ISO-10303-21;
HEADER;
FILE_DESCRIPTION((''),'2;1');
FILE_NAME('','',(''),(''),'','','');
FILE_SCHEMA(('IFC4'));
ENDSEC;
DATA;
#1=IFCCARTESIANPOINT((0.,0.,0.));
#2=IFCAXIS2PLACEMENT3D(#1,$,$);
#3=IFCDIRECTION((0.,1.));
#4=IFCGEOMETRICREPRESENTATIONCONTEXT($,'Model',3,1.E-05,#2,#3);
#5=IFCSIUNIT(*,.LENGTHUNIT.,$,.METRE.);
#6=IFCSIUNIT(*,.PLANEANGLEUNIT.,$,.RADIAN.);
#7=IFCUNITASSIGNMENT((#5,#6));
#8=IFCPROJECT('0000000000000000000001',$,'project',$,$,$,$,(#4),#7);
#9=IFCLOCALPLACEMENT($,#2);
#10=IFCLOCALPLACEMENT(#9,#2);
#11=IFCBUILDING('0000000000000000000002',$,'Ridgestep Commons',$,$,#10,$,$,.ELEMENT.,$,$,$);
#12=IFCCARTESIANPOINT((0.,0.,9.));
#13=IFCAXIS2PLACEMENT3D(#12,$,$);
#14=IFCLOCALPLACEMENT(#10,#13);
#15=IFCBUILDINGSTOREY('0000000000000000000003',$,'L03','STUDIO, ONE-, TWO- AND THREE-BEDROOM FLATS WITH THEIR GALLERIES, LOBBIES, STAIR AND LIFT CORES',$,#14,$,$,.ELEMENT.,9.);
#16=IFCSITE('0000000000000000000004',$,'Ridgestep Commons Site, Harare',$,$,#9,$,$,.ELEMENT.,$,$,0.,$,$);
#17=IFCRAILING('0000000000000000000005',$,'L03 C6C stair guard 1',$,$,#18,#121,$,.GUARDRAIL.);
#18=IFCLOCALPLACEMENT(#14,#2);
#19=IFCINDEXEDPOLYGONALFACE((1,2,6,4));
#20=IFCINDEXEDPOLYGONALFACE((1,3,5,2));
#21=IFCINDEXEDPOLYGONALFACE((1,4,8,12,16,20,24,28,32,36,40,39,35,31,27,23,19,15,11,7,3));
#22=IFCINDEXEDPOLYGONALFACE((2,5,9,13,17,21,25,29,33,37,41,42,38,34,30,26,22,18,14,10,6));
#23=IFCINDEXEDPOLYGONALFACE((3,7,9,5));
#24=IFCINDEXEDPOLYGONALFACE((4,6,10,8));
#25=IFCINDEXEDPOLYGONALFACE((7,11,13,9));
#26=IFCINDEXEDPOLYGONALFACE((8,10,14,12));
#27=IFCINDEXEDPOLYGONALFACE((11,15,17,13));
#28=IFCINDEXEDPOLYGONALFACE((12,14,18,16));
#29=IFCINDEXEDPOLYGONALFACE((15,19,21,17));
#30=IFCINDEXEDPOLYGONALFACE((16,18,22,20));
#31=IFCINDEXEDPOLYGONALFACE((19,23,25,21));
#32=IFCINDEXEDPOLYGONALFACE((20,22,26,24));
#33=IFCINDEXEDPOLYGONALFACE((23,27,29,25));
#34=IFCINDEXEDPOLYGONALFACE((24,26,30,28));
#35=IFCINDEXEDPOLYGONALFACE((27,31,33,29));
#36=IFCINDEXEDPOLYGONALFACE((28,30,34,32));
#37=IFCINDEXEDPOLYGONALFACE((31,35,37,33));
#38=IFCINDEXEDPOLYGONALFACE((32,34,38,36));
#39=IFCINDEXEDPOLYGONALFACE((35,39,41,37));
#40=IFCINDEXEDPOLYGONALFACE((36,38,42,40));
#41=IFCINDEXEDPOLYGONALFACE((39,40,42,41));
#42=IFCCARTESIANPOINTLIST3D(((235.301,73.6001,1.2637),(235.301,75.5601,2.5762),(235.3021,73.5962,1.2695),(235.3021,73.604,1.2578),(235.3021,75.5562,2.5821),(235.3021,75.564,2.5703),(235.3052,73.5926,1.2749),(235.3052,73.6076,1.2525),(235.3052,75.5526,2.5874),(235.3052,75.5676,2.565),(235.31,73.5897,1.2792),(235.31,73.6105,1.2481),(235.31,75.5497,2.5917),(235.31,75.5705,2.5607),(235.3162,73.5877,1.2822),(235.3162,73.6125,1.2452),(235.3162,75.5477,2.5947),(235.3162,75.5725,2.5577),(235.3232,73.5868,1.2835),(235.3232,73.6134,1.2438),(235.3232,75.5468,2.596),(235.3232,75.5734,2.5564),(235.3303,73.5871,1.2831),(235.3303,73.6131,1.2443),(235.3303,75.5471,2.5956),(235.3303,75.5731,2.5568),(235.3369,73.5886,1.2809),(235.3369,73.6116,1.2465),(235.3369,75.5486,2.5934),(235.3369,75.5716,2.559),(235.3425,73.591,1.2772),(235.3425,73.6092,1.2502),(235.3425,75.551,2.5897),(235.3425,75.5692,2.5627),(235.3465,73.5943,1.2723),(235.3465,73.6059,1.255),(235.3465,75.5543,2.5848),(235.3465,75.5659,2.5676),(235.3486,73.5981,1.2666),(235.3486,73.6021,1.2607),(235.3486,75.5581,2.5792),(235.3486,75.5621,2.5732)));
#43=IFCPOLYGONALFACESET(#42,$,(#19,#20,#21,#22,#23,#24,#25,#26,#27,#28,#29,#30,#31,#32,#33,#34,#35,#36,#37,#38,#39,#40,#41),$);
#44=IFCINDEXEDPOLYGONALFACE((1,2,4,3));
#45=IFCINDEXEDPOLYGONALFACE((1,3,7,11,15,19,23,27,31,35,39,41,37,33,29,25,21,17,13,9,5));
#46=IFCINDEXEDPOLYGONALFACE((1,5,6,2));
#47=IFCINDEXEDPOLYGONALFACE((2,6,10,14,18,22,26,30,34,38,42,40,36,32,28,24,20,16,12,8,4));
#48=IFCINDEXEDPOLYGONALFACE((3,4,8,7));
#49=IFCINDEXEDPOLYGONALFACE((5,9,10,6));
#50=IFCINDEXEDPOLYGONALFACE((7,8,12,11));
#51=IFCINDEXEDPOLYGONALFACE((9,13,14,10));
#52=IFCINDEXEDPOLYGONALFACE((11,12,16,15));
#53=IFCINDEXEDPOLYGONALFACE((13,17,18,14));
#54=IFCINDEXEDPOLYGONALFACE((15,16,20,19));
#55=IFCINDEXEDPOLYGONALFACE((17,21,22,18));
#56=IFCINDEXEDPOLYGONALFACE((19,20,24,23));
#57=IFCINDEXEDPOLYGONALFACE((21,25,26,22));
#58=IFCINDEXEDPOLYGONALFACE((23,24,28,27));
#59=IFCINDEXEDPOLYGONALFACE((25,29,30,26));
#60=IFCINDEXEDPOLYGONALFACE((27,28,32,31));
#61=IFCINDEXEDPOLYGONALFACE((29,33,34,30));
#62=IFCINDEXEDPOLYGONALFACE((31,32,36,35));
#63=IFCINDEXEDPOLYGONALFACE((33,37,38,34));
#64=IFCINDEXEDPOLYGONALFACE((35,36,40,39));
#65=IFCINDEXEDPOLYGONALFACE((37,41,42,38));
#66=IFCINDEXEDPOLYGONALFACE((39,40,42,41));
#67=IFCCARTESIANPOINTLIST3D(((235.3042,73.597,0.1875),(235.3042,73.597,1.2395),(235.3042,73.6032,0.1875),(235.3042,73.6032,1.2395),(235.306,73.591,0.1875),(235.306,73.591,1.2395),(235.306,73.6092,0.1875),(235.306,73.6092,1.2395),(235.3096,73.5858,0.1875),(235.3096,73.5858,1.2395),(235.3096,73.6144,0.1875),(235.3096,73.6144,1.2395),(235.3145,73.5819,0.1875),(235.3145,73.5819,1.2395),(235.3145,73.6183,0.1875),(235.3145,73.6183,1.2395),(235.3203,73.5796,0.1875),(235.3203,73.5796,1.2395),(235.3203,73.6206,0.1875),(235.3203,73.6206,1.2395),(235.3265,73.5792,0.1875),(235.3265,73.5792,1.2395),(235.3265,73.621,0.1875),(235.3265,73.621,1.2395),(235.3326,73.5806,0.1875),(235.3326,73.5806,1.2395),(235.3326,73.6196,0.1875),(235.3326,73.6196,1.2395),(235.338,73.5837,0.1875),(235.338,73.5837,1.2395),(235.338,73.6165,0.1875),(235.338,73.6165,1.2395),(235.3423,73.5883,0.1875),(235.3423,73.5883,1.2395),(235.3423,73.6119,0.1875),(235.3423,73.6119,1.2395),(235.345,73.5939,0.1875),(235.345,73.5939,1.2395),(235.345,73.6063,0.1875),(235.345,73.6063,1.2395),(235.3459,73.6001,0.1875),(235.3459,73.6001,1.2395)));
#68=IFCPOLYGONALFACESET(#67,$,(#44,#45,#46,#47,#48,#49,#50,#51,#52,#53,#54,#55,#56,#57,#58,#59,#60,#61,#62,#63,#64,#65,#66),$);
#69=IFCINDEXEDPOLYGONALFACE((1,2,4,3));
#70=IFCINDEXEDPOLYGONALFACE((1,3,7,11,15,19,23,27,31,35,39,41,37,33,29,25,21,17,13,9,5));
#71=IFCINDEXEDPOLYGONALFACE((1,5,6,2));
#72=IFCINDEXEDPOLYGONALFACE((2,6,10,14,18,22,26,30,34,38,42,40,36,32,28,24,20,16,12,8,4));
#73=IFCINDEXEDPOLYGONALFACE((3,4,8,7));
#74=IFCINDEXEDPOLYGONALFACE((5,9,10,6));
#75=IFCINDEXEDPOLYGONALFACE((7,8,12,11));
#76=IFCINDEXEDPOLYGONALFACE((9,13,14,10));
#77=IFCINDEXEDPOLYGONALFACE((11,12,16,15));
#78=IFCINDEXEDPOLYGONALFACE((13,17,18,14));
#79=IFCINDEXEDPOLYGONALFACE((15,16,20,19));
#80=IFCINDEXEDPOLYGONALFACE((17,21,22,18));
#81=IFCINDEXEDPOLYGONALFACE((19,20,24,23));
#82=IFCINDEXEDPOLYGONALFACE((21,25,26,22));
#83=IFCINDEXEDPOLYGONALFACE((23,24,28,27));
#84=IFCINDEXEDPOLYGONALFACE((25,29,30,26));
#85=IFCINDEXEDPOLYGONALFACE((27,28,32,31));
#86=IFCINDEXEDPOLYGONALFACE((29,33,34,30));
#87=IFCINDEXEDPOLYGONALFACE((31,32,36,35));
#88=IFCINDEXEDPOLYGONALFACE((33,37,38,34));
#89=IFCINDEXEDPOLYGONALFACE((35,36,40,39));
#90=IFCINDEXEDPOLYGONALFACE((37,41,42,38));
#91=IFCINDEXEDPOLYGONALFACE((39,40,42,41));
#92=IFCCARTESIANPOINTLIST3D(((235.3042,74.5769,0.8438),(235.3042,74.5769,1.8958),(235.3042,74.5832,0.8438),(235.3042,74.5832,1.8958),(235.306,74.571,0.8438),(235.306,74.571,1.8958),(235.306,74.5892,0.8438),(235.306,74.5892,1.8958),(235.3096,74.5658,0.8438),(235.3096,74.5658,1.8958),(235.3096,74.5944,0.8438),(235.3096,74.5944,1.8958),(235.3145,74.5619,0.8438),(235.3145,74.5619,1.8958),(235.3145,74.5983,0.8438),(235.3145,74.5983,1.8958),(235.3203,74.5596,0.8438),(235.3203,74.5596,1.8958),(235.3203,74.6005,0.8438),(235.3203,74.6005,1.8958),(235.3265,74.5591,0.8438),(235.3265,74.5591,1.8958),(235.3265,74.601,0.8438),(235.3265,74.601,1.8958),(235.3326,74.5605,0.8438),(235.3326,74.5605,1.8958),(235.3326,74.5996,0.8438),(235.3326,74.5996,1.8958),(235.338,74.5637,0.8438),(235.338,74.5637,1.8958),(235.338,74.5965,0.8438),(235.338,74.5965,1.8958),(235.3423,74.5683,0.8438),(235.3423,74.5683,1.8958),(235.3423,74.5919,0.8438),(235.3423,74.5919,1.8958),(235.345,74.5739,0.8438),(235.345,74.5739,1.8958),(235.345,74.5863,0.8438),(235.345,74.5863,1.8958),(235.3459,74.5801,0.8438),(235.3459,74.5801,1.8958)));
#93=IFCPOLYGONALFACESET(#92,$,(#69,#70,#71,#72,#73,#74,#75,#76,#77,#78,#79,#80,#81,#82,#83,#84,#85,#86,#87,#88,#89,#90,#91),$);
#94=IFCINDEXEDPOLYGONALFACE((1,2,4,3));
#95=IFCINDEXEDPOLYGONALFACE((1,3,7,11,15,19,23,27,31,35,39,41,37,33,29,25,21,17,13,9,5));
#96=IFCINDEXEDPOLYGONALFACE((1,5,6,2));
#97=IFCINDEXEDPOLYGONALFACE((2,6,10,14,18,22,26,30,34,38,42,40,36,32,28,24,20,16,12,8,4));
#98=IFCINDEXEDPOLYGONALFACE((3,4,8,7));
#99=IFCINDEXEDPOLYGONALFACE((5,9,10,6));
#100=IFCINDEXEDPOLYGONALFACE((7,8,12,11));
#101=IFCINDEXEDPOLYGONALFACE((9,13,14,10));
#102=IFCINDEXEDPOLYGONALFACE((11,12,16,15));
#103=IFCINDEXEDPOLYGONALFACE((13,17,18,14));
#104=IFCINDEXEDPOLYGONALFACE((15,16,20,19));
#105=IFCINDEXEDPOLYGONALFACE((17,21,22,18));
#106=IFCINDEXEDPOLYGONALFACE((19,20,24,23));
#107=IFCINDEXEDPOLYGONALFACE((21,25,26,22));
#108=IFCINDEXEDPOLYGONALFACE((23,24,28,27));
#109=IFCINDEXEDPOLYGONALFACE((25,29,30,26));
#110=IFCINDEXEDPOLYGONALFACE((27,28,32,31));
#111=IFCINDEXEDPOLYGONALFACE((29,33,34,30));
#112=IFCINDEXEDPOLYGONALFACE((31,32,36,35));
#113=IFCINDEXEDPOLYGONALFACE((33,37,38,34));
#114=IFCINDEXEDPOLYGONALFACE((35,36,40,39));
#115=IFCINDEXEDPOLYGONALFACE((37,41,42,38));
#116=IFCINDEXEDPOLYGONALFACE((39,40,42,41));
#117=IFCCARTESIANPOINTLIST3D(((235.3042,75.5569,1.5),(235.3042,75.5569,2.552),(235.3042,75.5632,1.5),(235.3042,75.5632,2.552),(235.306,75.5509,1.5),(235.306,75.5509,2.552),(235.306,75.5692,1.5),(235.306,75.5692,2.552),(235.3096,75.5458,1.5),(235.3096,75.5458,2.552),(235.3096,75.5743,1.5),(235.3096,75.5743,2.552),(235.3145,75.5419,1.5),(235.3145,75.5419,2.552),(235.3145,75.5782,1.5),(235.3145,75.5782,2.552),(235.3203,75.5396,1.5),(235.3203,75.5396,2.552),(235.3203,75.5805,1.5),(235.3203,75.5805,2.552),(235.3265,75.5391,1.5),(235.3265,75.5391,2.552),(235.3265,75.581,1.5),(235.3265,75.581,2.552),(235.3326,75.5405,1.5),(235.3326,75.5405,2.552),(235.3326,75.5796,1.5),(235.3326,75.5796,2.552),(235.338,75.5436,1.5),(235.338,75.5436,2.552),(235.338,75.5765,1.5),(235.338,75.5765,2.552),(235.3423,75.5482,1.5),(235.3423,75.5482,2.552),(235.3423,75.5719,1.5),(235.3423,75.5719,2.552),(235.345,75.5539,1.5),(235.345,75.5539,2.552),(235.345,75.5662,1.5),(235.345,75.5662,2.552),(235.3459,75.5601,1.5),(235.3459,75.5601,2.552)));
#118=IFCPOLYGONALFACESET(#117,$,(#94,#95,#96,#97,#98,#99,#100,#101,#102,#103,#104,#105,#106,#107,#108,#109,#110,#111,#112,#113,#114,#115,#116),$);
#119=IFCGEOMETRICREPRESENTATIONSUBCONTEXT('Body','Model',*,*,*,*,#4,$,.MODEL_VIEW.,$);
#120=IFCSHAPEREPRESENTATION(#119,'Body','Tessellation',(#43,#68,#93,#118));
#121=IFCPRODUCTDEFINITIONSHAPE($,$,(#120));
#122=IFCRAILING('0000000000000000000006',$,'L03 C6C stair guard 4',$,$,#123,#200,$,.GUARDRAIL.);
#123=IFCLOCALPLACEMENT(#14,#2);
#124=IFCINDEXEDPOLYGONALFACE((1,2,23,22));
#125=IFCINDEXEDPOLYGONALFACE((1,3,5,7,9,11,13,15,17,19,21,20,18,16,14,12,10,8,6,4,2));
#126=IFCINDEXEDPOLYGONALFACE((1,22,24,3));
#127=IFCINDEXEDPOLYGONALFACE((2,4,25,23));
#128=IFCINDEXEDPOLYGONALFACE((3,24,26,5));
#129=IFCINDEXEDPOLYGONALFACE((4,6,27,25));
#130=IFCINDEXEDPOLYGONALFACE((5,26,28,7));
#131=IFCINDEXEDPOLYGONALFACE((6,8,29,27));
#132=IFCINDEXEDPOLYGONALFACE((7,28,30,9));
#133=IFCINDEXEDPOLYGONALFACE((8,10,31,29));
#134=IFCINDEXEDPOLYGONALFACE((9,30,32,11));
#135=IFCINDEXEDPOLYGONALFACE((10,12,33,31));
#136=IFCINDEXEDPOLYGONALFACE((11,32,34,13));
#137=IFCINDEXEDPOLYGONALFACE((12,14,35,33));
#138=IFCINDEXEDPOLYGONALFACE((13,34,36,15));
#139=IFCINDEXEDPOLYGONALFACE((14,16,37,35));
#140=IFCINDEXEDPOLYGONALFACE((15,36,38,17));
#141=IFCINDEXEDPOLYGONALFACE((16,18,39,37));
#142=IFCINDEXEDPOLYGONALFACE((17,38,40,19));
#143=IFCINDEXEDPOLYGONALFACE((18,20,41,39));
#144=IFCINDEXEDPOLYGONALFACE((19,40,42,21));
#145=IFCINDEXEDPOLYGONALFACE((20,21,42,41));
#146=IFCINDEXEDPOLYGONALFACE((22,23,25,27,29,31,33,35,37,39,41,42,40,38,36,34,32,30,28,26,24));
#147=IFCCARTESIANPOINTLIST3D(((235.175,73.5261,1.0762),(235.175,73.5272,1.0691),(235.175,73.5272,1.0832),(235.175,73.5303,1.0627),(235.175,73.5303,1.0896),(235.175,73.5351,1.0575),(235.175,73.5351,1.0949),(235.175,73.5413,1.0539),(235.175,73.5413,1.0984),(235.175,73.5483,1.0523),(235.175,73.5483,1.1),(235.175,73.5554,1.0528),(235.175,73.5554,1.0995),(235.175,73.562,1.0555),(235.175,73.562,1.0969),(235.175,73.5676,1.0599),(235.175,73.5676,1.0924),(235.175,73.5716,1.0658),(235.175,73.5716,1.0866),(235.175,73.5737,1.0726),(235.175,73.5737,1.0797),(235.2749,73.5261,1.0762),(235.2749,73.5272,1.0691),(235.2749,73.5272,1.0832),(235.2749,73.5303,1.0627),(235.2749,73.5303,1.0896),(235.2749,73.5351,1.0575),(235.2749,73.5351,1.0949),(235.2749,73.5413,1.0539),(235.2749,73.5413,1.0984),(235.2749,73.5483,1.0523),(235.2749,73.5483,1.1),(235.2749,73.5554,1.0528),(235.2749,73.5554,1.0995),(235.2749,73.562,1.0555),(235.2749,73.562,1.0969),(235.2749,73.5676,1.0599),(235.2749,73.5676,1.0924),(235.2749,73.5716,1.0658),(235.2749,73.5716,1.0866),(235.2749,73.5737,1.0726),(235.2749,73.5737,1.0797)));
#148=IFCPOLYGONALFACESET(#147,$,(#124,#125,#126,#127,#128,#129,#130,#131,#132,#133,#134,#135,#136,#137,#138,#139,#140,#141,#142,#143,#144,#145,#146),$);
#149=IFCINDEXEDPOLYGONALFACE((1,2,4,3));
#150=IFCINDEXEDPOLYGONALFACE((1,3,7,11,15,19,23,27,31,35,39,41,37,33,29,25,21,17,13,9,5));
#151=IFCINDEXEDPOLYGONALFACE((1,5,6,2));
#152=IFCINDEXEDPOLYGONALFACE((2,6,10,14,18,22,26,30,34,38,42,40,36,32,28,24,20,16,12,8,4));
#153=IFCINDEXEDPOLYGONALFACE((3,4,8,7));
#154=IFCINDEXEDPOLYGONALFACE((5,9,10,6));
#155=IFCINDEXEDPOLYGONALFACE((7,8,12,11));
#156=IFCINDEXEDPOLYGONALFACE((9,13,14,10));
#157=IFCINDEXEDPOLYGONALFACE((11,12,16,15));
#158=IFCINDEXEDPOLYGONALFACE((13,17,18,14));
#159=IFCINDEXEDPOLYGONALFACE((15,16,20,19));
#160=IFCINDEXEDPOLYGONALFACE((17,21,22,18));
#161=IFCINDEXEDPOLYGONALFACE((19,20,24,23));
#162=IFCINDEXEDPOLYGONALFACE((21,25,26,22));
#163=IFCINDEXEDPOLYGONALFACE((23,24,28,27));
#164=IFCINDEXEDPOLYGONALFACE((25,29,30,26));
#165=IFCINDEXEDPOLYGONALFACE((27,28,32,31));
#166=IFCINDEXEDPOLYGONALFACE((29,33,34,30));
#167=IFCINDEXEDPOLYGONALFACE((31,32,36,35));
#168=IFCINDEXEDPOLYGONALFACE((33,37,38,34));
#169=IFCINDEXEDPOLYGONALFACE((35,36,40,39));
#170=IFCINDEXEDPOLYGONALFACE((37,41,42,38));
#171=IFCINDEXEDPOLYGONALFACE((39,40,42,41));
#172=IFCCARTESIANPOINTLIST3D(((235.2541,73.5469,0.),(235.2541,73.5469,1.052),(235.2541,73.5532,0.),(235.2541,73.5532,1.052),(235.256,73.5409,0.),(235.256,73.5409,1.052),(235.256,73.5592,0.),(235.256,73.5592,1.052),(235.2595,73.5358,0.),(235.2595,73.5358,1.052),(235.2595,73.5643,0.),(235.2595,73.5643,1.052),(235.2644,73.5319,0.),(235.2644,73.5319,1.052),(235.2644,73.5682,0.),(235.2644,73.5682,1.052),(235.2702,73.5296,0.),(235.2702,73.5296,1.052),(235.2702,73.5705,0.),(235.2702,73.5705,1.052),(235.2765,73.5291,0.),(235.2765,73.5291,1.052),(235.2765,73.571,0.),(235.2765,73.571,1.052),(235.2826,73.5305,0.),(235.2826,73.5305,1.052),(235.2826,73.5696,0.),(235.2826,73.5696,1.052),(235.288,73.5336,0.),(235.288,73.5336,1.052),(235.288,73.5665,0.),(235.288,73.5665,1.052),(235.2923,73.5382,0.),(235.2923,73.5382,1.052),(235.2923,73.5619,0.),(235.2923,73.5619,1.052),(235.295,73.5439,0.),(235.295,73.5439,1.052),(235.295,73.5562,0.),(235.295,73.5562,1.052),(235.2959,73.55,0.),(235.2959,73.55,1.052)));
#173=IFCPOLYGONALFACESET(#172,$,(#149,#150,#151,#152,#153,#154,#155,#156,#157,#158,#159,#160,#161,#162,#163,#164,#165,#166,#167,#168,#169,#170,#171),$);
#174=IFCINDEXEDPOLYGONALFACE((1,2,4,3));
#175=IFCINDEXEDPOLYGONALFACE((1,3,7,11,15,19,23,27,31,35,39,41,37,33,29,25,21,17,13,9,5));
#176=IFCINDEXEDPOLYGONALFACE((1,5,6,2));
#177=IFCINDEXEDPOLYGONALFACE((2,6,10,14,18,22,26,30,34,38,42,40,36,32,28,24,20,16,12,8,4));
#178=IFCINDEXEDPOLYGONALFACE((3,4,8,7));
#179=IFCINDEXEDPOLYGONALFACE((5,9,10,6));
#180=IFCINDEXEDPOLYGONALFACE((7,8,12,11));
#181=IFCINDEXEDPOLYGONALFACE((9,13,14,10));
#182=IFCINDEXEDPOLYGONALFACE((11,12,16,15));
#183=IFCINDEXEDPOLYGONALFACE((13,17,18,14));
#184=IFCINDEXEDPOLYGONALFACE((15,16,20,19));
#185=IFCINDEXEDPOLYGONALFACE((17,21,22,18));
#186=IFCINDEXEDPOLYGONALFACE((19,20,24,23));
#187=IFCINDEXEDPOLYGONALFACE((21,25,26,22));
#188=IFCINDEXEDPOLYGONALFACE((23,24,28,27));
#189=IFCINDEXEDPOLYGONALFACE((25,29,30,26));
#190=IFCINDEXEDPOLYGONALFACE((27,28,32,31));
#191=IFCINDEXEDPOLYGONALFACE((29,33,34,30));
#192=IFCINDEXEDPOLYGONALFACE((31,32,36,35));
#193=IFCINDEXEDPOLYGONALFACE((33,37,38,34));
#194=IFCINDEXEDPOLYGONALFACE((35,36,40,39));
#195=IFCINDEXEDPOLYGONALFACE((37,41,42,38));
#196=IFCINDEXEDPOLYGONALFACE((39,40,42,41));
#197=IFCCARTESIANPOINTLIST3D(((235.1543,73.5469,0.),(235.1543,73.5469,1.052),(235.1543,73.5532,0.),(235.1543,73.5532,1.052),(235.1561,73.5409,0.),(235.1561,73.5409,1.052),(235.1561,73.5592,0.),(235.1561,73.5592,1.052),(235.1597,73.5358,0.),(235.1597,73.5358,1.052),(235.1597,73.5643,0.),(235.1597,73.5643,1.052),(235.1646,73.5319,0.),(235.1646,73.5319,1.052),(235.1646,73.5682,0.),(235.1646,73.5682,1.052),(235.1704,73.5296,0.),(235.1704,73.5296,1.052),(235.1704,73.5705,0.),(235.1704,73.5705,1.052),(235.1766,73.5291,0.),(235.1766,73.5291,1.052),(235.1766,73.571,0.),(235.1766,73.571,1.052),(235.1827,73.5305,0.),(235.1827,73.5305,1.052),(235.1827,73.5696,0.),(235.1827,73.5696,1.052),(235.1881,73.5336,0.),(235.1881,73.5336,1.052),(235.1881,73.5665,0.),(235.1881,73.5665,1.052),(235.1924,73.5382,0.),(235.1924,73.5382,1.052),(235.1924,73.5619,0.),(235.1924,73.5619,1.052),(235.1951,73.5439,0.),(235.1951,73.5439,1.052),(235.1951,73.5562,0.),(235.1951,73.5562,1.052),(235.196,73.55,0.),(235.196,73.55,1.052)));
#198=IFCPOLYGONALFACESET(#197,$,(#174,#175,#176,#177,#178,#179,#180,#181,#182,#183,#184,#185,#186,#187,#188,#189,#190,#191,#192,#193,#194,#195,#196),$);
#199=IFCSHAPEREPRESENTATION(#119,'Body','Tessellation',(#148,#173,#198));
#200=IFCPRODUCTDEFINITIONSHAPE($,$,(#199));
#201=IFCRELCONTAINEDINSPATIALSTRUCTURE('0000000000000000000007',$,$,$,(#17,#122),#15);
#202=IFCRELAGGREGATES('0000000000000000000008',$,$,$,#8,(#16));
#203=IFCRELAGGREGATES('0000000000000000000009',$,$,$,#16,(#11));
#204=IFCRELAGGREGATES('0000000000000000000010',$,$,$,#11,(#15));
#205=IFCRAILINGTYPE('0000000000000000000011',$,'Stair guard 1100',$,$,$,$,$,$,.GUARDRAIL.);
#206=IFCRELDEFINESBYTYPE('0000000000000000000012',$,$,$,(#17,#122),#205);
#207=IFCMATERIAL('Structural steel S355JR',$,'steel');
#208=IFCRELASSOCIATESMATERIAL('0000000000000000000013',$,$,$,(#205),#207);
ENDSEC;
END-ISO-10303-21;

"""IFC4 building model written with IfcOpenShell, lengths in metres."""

from ifc_helpers import new_model, si_unit, direction, frame, origin, origin_2d, place, context, subcontext, project, spatial, circle, extrude, material, type_object, element, save


model = new_model("IFC4")

# Units and contexts
model_context = context("Model", 3, precision=1e-05, world=origin(), true_north=direction((0.0, 1.0)))
body_context = subcontext(model_context, "Body", "Model", "MODEL_VIEW")
ifc_project = project(units=[si_unit("LENGTHUNIT", "METRE"), si_unit("PLANEANGLEUNIT", "RADIAN")], contexts=[model_context])

# Site, building, storey
site_placement = place(None, origin())
site = spatial("IfcSite", under=ifc_project, at=site_placement, Name="Ridgestep Commons Site, Harare", CompositionType="ELEMENT", RefElevation=0.0)
building_placement = place(site_placement, origin())
building = spatial("IfcBuilding", under=site, at=building_placement, Name="Ridgestep Commons", CompositionType="ELEMENT")
storey_placement = place(building_placement, frame((0.0, 0.0, 9.0)))
storey = spatial("IfcBuildingStorey", under=building, at=storey_placement, Name="L03", Description="STUDIO, ONE-, TWO- AND THREE-BEDROOM FLATS WITH THEIR GALLERIES, LOBBIES, STAIR AND LIFT CORES", CompositionType="ELEMENT", Elevation=9.0)

# Railings
ifc_material_1 = material(Name="Structural steel S355JR", Category="steel")
railing_type_1 = type_object("IfcRailingType", Name="Stair guard 1100", PredefinedType="GUARDRAIL", material=ifc_material_1)
railing_1_placement = place(storey_placement, frame((235.325, 73.6001, 0.1875)))
element("IfcRailing", 1, at=railing_1_placement, inside=storey, type_object=railing_type_1, Name="L03 C6C stair guard 1", PredefinedType="GUARDRAIL", context=body_context, shape_type="SweptSolid", body=[
    extrude(circle(Radius=0.0239, at=origin_2d()), frame((0.0, 0.0, 1.0762), z_axis=(0.0, 0.830902, 0.556419), x_axis=(-1.0, 0.0, 0.0)), (0.0, 0.0, 1.0), 2.3589),
    extrude(circle(Radius=0.021, at=origin_2d()), origin(), (0.0, 0.0, 1.0), 1.052),
    extrude(circle(Radius=0.021, at=origin_2d()), frame((0.0, 0.98, 0.6562)), (0.0, 0.0, 1.0), 1.052),
    extrude(circle(Radius=0.021, at=origin_2d()), frame((0.0, 1.96, 1.3125)), (0.0, 0.0, 1.0), 1.052),
])
railing_2_placement = place(storey_placement, frame((235.2749, 73.55, 0.0)))
element("IfcRailing", 2, at=railing_2_placement, inside=storey, type_object=railing_type_1, Name="L03 C6C stair guard 4", PredefinedType="GUARDRAIL", context=body_context, shape_type="SweptSolid", body=[
    extrude(circle(Radius=0.0239, at=origin_2d()), frame((0.0, 0.0, 1.0762), z_axis=(-1.0, 0.0, 0.0), x_axis=(0.0, -1.0, 0.0)), (0.0, 0.0, 1.0), 0.0999),
    extrude(circle(Radius=0.021, at=origin_2d()), origin(), (0.0, 0.0, 1.0), 1.052),
    extrude(circle(Radius=0.021, at=origin_2d()), frame((-0.0999, 0.0, 0.0)), (0.0, 0.0, 1.0), 1.052),
])

save(model, "model.ifc")
